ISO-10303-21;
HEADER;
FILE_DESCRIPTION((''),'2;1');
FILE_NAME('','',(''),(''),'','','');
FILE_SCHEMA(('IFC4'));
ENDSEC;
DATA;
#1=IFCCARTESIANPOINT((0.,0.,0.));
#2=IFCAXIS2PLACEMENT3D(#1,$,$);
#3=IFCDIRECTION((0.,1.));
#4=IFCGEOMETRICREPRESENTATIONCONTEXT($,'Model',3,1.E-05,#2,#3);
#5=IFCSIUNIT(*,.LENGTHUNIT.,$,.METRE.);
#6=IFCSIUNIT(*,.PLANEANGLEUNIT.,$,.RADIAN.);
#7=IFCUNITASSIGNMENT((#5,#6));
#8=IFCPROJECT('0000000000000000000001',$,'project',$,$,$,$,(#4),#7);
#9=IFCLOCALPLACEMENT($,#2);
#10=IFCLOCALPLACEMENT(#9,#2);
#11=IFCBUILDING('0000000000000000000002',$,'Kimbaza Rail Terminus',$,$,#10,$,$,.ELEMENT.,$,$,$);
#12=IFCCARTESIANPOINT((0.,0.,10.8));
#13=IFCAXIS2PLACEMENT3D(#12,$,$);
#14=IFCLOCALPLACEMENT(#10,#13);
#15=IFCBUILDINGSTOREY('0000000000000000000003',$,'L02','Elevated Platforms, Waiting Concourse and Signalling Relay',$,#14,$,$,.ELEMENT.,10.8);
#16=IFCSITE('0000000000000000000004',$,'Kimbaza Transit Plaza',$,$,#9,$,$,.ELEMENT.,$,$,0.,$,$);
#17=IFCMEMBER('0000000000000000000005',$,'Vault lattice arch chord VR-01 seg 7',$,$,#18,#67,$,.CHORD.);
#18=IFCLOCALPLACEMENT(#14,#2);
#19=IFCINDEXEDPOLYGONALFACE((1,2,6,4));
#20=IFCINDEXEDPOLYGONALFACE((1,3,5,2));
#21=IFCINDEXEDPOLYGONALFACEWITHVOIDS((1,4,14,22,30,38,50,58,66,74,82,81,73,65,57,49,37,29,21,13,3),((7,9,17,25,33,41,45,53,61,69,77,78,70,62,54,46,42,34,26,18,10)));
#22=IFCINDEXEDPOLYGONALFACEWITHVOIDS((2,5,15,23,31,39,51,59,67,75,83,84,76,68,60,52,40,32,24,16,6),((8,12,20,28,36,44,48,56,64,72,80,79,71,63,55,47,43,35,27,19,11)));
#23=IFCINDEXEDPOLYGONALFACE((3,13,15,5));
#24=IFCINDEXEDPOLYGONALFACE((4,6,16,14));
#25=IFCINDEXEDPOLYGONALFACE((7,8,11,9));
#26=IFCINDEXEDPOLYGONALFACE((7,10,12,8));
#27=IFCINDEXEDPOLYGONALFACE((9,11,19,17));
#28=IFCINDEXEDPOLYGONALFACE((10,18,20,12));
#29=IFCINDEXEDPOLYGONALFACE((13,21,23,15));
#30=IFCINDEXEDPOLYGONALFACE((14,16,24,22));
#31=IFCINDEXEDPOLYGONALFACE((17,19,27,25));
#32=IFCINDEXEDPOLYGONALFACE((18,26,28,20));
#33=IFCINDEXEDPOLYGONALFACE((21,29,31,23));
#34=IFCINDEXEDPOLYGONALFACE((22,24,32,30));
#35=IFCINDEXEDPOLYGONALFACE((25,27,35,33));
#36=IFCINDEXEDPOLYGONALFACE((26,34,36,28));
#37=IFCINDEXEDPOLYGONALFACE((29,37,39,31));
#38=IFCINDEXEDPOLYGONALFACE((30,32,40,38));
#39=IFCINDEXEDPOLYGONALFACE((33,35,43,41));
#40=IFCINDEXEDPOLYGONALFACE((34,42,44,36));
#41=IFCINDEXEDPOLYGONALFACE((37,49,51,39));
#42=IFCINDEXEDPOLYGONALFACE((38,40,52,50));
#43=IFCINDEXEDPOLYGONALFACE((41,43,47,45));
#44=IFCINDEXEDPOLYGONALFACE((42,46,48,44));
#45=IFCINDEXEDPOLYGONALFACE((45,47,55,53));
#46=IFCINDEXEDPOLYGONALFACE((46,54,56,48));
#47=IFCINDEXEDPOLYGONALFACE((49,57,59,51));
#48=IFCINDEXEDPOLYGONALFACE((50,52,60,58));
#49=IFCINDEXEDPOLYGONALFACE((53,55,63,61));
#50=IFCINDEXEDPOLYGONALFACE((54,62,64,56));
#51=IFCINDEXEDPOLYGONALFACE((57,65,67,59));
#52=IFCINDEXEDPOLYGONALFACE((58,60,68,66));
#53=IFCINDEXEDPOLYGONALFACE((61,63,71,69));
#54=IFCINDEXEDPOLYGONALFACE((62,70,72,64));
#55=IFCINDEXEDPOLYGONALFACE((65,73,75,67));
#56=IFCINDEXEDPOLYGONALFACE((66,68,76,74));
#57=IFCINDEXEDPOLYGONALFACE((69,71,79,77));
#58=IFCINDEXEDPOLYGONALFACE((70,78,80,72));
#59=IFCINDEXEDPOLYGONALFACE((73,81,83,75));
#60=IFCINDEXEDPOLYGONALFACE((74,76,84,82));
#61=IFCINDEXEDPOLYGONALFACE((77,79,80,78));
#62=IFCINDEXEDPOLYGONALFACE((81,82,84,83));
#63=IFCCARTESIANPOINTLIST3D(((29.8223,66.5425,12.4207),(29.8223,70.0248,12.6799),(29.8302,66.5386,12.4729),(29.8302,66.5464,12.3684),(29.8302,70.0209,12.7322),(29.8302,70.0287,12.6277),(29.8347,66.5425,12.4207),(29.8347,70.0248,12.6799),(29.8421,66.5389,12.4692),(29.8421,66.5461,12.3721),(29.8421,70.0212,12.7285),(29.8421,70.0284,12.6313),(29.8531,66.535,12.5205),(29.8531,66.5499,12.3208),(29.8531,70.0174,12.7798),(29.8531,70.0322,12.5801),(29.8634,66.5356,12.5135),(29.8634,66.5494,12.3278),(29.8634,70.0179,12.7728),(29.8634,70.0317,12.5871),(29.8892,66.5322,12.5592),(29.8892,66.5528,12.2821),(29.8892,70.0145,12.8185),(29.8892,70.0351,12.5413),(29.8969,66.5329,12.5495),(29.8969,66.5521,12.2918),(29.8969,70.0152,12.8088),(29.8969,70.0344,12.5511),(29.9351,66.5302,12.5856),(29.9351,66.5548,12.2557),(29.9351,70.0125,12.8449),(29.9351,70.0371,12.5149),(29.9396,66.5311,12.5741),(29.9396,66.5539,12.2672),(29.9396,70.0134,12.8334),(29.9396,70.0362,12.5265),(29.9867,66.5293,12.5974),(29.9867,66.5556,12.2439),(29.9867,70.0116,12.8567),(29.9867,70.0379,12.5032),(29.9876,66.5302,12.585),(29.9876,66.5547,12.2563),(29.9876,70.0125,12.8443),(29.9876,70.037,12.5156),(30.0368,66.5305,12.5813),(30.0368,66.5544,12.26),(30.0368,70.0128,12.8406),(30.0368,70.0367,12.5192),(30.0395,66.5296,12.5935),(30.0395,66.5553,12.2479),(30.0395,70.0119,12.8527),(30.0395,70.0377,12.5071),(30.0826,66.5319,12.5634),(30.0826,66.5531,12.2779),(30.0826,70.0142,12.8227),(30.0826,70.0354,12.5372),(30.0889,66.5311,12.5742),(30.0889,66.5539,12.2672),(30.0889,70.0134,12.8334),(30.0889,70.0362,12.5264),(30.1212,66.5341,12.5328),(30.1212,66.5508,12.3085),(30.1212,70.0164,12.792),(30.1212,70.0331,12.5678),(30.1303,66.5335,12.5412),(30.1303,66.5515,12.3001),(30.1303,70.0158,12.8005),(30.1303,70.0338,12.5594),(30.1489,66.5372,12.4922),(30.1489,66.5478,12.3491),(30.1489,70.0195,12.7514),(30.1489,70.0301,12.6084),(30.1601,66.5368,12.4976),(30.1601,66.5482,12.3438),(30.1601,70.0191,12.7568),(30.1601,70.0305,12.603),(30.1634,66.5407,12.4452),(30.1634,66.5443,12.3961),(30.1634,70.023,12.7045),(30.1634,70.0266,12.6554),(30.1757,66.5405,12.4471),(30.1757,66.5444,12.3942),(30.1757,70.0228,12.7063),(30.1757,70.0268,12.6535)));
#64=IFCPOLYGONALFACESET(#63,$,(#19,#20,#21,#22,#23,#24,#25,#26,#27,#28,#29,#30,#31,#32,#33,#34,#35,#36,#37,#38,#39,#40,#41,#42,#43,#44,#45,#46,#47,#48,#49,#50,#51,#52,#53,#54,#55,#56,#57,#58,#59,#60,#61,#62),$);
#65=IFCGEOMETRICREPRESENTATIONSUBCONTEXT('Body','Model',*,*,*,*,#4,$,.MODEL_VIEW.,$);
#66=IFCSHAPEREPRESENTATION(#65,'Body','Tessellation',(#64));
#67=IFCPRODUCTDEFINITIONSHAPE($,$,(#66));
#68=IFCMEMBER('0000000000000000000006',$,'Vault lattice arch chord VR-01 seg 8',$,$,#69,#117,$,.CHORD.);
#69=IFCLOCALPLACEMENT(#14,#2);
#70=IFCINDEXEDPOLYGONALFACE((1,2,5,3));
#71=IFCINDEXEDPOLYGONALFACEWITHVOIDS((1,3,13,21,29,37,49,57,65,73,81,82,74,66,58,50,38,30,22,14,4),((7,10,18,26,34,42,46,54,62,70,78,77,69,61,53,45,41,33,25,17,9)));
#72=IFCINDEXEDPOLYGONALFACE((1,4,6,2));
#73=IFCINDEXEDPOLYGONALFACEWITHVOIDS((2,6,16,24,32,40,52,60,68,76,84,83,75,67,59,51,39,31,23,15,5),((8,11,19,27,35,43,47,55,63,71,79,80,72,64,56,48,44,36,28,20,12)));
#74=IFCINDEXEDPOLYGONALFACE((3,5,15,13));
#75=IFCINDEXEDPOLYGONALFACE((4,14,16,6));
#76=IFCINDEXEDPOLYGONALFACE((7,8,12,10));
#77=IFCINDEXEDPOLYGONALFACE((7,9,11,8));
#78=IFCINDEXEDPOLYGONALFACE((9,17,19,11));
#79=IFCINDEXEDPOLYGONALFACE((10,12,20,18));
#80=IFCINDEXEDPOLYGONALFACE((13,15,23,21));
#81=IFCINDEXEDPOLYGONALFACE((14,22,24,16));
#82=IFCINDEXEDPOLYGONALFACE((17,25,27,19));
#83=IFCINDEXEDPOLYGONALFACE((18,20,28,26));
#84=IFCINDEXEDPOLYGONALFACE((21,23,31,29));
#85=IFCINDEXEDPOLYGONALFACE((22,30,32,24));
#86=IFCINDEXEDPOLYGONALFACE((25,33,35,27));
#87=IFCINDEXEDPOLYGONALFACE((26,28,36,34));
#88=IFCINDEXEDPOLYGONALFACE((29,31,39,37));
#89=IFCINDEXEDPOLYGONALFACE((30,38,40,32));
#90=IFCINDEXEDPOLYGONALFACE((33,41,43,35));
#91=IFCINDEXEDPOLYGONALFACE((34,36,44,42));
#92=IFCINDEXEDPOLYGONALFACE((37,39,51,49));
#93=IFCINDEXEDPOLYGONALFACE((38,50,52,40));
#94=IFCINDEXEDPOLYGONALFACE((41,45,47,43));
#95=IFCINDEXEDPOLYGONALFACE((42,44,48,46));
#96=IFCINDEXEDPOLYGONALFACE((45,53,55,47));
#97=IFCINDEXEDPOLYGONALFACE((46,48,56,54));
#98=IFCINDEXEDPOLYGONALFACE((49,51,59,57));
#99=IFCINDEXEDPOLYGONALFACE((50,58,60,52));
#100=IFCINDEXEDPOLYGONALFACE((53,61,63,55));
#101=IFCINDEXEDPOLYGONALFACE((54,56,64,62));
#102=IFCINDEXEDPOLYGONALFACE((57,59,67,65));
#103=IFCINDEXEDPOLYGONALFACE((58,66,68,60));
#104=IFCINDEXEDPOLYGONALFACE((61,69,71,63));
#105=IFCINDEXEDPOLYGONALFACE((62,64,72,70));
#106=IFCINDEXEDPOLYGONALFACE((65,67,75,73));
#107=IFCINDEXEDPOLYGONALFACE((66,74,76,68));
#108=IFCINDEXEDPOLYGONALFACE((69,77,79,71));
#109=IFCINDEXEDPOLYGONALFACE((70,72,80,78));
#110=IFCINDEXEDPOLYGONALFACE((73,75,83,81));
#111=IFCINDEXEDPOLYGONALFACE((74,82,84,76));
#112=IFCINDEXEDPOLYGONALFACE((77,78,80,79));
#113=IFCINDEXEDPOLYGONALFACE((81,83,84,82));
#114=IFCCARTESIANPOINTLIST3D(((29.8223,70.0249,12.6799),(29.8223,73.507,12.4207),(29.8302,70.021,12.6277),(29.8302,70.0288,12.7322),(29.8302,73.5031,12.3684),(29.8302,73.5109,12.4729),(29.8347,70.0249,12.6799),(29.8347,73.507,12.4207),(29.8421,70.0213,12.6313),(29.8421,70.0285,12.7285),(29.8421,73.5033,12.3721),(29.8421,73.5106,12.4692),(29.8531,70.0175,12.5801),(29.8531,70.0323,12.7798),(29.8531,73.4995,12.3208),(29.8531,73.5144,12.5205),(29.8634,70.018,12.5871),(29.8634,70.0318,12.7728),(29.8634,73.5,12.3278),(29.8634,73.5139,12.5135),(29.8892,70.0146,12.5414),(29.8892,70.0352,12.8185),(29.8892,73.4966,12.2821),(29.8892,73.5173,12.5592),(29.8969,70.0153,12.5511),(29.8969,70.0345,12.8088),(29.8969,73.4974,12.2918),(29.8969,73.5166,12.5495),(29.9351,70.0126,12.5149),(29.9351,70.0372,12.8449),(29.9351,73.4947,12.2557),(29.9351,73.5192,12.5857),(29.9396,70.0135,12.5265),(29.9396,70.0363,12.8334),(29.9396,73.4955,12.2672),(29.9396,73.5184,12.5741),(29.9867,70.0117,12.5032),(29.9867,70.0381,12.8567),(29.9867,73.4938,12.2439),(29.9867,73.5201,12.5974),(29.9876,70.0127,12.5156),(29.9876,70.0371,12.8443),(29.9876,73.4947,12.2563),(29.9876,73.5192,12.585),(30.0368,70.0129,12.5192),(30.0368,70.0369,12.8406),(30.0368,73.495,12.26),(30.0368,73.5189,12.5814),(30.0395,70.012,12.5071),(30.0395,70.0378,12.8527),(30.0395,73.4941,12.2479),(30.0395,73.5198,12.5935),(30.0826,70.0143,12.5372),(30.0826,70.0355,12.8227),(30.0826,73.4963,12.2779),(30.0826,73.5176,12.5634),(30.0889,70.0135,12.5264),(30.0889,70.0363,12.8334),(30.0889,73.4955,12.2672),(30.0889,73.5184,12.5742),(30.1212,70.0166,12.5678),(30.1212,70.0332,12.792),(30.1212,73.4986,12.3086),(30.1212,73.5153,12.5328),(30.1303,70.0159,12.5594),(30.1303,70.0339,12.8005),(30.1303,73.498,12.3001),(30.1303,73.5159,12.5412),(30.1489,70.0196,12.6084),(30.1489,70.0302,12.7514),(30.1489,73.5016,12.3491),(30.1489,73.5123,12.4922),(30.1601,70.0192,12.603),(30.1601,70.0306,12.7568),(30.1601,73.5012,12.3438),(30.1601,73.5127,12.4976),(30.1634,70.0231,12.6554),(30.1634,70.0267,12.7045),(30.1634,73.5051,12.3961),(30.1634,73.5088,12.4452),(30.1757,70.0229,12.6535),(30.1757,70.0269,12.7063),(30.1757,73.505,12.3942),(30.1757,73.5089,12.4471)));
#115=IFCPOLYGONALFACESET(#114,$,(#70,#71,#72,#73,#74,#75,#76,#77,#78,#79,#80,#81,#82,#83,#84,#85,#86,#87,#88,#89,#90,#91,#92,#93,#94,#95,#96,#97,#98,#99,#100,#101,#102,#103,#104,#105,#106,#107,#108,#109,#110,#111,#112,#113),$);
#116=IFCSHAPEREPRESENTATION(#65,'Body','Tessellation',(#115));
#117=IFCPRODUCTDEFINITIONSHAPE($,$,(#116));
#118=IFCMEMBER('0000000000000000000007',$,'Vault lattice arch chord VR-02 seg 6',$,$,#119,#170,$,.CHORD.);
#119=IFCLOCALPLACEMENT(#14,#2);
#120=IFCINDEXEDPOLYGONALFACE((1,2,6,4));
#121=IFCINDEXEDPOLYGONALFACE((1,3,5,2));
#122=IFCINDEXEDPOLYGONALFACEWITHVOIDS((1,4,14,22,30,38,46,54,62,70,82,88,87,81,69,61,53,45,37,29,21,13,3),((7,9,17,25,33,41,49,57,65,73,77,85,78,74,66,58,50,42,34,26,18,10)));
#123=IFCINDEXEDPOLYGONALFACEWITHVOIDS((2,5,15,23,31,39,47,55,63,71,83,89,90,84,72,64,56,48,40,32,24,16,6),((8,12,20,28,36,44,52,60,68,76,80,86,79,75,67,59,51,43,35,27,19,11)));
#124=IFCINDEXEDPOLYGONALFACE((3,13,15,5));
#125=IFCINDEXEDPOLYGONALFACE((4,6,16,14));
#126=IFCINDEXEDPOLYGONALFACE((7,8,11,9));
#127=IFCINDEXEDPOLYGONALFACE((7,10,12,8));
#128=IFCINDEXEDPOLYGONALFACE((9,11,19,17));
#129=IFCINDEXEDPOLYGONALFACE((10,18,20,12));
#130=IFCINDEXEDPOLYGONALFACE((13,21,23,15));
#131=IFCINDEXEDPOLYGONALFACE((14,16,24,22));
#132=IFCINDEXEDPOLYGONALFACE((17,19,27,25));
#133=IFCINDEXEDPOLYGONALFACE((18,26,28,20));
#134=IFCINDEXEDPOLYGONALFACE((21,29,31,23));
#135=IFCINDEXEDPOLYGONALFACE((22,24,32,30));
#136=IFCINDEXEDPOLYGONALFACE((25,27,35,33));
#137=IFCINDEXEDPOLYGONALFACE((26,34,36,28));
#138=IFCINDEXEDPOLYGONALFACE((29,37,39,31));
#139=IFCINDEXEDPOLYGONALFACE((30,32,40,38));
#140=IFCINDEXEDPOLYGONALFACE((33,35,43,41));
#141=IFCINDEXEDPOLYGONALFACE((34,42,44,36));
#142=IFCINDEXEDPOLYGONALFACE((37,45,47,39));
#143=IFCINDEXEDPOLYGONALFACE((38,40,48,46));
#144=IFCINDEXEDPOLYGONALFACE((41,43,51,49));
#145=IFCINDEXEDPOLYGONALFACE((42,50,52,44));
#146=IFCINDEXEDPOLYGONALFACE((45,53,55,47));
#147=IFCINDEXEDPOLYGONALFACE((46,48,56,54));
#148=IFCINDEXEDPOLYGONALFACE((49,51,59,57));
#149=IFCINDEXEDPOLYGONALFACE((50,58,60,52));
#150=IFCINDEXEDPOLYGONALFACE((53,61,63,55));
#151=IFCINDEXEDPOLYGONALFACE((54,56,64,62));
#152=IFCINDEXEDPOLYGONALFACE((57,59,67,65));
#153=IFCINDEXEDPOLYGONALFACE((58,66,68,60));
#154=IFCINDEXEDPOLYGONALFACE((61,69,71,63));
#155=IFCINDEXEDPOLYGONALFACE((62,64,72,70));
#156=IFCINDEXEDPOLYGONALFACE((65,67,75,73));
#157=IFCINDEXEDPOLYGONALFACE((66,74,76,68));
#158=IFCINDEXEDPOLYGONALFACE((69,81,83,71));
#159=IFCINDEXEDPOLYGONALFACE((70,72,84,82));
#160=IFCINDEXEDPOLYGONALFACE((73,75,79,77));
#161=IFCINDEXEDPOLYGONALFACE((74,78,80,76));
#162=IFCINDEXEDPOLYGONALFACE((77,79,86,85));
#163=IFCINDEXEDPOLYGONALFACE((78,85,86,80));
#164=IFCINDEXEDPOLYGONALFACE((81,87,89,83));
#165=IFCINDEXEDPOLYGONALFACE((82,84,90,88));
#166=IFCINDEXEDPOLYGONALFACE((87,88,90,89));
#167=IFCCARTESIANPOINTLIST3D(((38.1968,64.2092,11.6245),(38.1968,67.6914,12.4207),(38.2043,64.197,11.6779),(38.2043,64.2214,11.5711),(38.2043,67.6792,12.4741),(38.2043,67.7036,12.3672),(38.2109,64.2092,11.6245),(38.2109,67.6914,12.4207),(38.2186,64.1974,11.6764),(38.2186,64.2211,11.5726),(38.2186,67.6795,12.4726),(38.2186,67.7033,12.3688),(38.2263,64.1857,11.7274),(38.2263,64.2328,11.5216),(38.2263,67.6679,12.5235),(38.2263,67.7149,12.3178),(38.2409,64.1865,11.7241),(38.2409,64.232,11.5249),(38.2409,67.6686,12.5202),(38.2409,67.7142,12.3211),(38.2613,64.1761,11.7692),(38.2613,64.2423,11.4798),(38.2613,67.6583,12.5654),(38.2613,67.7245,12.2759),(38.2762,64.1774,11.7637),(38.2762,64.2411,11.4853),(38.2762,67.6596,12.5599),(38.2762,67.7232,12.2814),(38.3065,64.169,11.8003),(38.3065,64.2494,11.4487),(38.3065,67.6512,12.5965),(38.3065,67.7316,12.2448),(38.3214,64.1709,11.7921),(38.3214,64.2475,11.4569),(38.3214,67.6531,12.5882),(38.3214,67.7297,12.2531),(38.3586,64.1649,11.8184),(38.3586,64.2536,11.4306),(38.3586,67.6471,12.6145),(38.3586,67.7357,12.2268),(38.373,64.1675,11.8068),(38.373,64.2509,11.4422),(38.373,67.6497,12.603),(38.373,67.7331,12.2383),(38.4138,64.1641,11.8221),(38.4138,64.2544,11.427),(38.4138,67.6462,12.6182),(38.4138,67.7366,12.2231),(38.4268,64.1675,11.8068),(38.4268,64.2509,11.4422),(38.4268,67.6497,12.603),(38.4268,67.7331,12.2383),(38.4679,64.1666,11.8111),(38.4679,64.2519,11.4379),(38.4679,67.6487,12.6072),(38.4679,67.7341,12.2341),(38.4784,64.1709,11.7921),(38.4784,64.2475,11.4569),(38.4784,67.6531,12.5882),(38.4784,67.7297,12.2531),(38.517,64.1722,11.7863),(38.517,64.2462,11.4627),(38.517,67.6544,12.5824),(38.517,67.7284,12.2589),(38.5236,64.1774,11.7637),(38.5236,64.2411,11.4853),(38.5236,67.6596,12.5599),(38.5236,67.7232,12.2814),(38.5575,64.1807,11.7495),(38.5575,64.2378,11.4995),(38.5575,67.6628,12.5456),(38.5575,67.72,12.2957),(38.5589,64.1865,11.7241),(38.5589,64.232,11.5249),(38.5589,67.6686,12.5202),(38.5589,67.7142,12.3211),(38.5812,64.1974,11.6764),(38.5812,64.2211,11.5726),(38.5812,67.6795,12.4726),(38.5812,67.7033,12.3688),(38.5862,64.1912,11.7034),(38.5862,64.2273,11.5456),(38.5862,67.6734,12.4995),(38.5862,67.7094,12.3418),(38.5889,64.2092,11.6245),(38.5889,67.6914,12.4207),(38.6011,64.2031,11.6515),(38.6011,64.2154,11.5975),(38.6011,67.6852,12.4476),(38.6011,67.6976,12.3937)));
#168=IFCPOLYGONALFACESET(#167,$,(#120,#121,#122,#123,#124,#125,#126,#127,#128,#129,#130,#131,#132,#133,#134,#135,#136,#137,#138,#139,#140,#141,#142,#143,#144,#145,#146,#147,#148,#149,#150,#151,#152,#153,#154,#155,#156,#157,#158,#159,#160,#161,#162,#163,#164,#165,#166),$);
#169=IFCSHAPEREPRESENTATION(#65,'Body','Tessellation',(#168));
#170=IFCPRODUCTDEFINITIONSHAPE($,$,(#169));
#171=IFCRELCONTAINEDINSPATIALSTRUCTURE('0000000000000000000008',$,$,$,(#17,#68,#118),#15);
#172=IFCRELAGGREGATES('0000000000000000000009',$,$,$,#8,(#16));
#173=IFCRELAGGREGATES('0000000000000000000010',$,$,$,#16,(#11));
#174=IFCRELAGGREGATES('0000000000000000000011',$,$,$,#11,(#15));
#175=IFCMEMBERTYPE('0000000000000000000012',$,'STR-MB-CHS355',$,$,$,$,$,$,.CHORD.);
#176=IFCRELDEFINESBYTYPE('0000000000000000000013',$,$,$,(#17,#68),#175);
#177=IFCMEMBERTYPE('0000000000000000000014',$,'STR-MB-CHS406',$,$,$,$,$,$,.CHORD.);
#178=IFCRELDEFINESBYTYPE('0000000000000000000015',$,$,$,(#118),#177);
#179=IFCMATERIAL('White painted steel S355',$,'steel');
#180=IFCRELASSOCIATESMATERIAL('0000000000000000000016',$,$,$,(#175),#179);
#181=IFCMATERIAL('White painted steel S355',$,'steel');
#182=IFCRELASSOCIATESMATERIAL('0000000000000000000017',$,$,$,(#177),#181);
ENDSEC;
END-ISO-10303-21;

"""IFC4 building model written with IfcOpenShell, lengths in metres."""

from ifc_helpers import new_model, si_unit, direction, frame, origin, origin_2d, place, context, subcontext, project, spatial, hollow_circle, extrude, material, material_profile, profile_set, type_object, element, save


model = new_model("IFC4")

# Units and contexts
model_context = context("Model", 3, precision=1e-05, world=origin(), true_north=direction((0.0, 1.0)))
body_context = subcontext(model_context, "Body", "Model", "MODEL_VIEW")
ifc_project = project(units=[si_unit("LENGTHUNIT", "METRE"), si_unit("PLANEANGLEUNIT", "RADIAN")], contexts=[model_context])

# Site, building, storey
site_placement = place(None, origin())
site = spatial("IfcSite", under=ifc_project, at=site_placement, Name="Kimbaza Transit Plaza", CompositionType="ELEMENT", RefElevation=0.0)
building_placement = place(site_placement, origin())
building = spatial("IfcBuilding", under=site, at=building_placement, Name="Kimbaza Rail Terminus", CompositionType="ELEMENT")
storey_placement = place(building_placement, frame((0.0, 0.0, 10.8)))
storey = spatial("IfcBuildingStorey", under=building, at=storey_placement, Name="L02", Description="Elevated Platforms, Waiting Concourse and Signalling Relay", CompositionType="ELEMENT", Elevation=10.8)

# Members
ifc_material_1 = material(Name="White painted steel S355", Category="steel")
ifc_material_profile_1 = material_profile(ifc_material_1, hollow_circle(Radius=0.1777, WallThickness=0.0125, at=origin_2d()), Name="CHS 355.6x12.5")
ifc_profile_set_1 = profile_set([ifc_material_profile_1], Name="White painted steel S355")
member_type_1 = type_object("IfcMemberType", Name="STR-MB-CHS355", PredefinedType="CHORD", material=ifc_profile_set_1)
member_1_placement = place(storey_placement, frame((30.0, 66.5425, 12.4207), z_axis=(0.0, 0.99724, 0.074248), x_axis=(-1.0, 0.0, 0.0)))
element("IfcMember", 1, at=member_1_placement, inside=storey, type_object=member_type_1, Name="Vault lattice arch chord VR-01 seg 7", PredefinedType="CHORD", context=body_context, shape_type="SweptSolid", body=[
    extrude(hollow_circle(Radius=0.1777, WallThickness=0.0125, at=origin_2d()), origin(), (0.0, 0.0, 1.0), 3.4919),
])
member_2_placement = place(storey_placement, frame((30.0, 70.0249, 12.6799), z_axis=(0.0, 0.997239, -0.074253), x_axis=(-1.0, 0.0, 0.0)))
element("IfcMember", 2, at=member_2_placement, inside=storey, type_object=member_type_1, Name="Vault lattice arch chord VR-01 seg 8", PredefinedType="CHORD", context=body_context, shape_type="SweptSolid", body=[
    extrude(hollow_circle(Radius=0.1777, WallThickness=0.0125, at=origin_2d()), origin(), (0.0, 0.0, 1.0), 3.4917),
])
ifc_material_2 = material(Name="White painted steel S355", Category="steel")
ifc_material_profile_2 = material_profile(ifc_material_2, hollow_circle(Radius=0.2031, WallThickness=0.0142, at=origin_2d()), Name="CHS 406.4x14.2")
ifc_profile_set_2 = profile_set([ifc_material_profile_2], Name="White painted steel S355")
member_type_2 = type_object("IfcMemberType", Name="STR-MB-CHS406", PredefinedType="CHORD", material=ifc_profile_set_2)
member_3_placement = place(storey_placement, frame((38.3999, 64.2092, 11.6245), z_axis=(0.0, 0.974845, 0.222882), x_axis=(-1.0, 0.0, 0.0)))
element("IfcMember", 3, at=member_3_placement, inside=storey, type_object=member_type_2, Name="Vault lattice arch chord VR-02 seg 6", PredefinedType="CHORD", context=body_context, shape_type="SweptSolid", body=[
    extrude(hollow_circle(Radius=0.2031, WallThickness=0.0142, at=origin_2d()), origin(), (0.0, 0.0, 1.0), 3.572),
])

save(model, "model.ifc")
